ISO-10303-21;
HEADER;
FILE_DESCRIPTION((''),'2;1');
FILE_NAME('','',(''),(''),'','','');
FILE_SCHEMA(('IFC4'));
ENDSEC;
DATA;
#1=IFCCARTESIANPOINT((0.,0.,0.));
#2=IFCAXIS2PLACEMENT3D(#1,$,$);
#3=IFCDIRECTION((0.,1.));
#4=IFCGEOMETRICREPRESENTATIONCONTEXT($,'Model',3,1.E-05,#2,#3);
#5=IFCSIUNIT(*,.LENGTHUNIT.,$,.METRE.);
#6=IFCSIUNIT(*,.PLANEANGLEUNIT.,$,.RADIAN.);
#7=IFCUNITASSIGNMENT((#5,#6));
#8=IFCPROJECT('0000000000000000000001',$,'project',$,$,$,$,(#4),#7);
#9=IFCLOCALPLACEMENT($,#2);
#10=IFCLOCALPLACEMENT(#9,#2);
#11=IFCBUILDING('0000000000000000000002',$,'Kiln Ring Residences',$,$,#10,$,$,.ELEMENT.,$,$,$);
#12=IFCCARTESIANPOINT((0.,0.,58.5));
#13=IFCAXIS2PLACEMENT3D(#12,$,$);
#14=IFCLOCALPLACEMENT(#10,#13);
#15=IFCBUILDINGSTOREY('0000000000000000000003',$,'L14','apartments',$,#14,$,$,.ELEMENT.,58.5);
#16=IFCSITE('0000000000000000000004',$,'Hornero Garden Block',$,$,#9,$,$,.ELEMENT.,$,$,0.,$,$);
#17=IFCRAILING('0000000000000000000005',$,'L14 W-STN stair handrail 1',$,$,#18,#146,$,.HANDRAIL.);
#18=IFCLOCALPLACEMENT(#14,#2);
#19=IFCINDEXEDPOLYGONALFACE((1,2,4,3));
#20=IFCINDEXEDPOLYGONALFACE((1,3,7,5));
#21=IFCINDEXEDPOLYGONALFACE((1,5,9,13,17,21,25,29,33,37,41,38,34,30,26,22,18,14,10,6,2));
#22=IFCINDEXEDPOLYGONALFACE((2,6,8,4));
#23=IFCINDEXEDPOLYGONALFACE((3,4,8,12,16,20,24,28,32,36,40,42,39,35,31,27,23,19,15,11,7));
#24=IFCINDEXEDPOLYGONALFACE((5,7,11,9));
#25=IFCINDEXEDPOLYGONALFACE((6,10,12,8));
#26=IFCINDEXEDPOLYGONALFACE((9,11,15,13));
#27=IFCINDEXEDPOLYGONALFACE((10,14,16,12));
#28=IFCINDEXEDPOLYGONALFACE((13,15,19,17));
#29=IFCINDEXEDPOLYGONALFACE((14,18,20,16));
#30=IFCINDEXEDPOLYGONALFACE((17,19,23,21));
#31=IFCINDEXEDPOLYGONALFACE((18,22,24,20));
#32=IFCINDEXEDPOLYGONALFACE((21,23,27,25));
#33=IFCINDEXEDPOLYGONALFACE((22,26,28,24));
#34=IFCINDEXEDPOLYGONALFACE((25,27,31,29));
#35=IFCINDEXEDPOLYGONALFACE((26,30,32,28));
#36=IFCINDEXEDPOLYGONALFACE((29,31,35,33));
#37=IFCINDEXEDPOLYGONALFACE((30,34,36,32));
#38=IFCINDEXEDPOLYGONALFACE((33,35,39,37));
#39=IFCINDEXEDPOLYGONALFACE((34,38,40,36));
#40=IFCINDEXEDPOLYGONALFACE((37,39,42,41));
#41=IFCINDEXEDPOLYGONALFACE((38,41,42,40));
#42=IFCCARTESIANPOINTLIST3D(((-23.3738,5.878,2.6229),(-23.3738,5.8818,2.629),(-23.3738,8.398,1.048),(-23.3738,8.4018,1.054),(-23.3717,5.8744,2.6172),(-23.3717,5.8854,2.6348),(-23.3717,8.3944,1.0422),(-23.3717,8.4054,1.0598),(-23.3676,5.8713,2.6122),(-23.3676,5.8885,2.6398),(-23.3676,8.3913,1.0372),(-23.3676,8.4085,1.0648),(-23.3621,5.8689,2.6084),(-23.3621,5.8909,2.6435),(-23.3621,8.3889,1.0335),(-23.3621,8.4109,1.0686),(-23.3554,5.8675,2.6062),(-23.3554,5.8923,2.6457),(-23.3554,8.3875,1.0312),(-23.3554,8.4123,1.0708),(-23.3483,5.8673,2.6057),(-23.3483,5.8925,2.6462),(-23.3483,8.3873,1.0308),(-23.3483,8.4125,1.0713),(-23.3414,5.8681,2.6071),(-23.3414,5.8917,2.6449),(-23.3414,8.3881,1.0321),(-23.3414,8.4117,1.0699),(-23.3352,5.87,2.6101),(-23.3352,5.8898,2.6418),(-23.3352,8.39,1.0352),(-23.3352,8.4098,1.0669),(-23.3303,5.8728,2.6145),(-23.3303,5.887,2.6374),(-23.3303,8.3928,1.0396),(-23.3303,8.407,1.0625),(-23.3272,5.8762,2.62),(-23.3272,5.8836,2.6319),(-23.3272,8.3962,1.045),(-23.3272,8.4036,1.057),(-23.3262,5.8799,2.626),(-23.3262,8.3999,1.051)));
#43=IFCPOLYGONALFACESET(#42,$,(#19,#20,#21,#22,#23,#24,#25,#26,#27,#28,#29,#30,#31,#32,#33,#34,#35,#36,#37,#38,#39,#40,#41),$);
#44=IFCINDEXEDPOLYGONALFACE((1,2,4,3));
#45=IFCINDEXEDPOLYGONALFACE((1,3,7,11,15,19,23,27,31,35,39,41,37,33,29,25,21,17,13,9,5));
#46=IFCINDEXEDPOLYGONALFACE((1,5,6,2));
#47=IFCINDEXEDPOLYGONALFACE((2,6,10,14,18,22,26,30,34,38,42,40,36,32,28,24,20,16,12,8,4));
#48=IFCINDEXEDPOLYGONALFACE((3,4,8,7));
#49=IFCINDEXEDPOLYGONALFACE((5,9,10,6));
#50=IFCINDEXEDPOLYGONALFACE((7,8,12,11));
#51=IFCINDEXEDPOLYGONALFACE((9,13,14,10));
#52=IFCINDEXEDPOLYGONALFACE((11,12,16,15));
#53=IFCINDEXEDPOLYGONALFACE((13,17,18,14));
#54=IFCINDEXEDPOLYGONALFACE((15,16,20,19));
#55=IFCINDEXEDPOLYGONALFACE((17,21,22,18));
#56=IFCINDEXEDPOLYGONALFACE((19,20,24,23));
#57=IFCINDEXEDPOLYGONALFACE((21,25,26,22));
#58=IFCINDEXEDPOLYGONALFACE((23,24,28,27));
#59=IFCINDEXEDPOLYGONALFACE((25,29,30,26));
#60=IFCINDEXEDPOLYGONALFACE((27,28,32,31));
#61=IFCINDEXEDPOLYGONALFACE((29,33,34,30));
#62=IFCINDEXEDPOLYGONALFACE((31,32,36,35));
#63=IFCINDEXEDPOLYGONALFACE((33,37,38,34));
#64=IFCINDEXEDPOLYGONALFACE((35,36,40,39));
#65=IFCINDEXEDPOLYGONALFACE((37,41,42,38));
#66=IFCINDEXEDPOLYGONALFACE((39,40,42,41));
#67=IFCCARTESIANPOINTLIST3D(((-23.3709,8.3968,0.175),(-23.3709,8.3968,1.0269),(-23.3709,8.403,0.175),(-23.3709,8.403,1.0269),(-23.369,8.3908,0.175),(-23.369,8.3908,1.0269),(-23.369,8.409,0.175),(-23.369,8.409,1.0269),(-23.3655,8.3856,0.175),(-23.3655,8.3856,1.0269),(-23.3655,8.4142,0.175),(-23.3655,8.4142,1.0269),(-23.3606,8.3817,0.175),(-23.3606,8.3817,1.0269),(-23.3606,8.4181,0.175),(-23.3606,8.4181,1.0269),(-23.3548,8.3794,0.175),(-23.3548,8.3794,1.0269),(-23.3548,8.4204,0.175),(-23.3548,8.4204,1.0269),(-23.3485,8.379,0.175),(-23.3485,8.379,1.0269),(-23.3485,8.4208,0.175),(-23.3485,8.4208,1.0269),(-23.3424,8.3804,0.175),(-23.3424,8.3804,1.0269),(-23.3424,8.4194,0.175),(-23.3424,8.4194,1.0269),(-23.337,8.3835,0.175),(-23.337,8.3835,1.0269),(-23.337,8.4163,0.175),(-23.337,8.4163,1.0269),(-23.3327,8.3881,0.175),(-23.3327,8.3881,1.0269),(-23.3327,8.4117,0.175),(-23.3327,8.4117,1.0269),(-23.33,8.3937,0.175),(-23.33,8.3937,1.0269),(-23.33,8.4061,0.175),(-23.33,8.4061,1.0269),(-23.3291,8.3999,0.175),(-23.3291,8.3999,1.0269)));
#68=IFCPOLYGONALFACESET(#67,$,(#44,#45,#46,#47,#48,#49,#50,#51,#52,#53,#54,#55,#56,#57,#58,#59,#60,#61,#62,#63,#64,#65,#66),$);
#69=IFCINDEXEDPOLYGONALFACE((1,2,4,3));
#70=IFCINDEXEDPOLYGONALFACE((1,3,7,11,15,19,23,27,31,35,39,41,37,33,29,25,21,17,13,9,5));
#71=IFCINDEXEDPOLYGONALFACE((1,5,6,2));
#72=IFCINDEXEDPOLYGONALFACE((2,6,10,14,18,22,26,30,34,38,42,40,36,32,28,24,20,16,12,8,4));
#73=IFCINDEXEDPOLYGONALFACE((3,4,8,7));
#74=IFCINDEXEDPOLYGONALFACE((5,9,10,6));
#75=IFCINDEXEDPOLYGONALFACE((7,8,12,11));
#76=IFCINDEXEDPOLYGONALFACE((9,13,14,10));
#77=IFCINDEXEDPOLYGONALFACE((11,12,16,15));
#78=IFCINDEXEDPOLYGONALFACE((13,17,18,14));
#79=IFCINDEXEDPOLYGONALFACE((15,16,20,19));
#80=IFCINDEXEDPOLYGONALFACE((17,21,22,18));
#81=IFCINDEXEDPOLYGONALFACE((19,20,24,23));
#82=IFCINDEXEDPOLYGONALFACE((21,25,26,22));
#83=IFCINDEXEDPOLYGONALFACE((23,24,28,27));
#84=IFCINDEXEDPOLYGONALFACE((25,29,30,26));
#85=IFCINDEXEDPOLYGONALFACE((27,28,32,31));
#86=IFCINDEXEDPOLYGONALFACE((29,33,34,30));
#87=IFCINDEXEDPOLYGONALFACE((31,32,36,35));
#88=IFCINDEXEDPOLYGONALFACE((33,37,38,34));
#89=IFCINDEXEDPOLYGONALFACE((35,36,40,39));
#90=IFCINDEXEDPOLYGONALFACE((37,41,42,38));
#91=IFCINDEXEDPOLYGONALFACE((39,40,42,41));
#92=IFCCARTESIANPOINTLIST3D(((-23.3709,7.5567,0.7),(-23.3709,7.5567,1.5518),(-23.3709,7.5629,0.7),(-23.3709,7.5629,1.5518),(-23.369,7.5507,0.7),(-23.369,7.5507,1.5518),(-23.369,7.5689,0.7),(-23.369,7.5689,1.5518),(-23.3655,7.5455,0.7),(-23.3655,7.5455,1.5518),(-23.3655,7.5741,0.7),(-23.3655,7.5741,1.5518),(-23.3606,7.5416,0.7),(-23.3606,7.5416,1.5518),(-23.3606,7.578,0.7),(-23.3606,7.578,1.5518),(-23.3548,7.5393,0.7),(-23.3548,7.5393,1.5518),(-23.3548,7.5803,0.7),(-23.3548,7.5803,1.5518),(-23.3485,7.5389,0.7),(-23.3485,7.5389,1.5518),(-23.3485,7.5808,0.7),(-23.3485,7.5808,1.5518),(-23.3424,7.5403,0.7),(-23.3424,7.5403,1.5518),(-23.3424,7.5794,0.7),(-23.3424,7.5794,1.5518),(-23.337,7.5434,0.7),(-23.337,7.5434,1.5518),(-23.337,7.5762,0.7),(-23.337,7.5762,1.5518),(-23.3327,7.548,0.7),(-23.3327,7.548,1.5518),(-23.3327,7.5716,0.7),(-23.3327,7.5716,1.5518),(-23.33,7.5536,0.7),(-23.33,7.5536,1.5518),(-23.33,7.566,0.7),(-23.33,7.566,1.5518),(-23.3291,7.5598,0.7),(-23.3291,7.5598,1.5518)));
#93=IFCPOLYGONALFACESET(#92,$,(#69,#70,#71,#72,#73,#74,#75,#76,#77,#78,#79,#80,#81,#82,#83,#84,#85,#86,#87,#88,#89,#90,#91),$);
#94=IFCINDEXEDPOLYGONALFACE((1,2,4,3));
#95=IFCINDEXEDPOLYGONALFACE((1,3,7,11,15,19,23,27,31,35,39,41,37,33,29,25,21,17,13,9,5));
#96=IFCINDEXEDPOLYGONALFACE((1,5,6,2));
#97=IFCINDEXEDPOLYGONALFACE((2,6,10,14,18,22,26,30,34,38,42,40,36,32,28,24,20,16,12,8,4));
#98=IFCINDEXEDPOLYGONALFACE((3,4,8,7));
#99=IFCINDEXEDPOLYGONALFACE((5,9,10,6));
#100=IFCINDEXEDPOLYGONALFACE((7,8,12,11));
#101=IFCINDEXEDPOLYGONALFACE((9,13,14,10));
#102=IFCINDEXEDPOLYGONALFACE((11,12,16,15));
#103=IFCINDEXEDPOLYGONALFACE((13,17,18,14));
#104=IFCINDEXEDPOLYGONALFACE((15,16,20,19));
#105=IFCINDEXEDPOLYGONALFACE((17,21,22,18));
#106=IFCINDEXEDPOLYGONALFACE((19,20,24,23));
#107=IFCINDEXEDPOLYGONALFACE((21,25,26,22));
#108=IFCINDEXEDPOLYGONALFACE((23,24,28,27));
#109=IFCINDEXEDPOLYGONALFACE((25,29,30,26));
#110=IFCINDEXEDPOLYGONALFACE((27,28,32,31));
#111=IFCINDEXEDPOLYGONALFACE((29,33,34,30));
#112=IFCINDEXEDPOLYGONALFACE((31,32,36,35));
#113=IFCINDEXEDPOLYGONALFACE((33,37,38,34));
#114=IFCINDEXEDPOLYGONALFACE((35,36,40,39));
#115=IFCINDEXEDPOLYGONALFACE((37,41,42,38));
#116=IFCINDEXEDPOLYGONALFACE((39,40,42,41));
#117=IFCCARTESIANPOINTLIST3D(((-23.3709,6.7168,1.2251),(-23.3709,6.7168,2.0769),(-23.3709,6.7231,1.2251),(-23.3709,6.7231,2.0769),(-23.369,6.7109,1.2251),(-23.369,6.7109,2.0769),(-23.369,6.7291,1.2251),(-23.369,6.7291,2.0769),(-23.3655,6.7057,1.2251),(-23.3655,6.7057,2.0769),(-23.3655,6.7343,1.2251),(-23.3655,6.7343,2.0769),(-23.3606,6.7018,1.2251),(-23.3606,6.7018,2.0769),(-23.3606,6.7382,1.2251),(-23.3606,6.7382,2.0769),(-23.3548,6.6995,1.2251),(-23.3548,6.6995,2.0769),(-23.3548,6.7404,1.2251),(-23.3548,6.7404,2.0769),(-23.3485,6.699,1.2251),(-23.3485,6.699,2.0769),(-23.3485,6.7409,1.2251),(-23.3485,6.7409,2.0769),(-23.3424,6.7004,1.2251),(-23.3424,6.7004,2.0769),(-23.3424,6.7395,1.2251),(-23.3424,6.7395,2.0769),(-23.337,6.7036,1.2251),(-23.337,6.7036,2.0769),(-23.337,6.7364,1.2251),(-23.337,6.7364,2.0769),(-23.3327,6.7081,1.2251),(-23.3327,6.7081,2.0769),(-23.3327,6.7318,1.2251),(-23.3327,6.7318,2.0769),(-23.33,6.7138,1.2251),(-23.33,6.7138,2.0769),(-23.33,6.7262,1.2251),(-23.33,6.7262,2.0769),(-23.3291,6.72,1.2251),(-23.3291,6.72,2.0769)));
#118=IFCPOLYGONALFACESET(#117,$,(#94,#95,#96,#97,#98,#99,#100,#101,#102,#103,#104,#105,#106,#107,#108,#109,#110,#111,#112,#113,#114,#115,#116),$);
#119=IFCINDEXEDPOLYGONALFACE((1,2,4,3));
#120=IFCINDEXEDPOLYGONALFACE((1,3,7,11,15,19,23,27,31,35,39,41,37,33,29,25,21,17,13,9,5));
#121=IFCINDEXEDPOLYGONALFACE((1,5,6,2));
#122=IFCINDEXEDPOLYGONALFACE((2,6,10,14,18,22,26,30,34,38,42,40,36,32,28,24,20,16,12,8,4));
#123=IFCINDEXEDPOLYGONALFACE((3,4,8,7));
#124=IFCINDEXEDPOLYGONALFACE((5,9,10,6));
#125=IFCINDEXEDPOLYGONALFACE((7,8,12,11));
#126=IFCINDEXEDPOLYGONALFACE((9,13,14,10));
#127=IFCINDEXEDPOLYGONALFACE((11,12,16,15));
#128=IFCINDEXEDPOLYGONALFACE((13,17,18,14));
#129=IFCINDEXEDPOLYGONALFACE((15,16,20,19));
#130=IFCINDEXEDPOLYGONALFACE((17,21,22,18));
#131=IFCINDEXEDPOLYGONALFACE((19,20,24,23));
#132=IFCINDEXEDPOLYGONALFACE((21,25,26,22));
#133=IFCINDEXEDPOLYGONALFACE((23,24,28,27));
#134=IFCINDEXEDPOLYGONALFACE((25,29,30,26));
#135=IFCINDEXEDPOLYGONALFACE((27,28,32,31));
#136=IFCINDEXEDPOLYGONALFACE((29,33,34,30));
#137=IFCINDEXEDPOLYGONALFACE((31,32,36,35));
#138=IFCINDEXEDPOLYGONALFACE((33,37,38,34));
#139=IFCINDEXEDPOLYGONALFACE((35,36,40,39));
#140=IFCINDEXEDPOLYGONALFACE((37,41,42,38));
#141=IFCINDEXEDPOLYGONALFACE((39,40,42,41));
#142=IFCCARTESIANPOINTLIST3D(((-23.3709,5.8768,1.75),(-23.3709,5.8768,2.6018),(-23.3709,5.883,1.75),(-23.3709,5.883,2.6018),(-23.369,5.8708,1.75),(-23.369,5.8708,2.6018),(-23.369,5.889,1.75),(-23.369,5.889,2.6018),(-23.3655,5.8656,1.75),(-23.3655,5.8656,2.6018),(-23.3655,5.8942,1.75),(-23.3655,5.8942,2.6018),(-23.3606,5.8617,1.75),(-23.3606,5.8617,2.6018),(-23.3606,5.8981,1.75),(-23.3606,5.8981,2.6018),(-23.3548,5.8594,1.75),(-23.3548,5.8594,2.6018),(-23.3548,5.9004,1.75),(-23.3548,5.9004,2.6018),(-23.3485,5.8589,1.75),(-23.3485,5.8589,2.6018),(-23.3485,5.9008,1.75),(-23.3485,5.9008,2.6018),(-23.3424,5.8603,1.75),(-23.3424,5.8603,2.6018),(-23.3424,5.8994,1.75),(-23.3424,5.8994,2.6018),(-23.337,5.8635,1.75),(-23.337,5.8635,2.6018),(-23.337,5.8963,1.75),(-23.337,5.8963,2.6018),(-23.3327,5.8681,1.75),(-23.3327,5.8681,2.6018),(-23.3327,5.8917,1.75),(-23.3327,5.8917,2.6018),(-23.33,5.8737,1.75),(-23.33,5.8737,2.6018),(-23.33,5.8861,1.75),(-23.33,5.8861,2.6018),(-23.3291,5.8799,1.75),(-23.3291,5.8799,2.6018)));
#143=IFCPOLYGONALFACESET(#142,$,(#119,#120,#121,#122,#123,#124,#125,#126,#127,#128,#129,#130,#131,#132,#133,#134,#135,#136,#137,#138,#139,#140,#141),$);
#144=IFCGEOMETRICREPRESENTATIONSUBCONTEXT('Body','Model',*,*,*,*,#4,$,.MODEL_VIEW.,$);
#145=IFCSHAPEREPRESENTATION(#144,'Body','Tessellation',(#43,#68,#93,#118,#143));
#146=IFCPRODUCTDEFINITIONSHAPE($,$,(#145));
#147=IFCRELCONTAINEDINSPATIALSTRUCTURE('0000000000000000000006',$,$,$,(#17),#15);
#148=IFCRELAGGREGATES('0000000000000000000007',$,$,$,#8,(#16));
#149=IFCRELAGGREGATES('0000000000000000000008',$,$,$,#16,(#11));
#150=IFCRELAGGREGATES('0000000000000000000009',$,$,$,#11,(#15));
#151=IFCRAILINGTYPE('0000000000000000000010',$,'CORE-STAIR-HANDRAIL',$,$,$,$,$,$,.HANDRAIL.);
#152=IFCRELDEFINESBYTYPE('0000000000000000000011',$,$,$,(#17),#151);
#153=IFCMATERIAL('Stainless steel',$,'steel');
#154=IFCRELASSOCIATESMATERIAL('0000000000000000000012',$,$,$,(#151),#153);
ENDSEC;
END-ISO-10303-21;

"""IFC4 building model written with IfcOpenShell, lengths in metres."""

from ifc_helpers import new_model, si_unit, direction, frame, origin, origin_2d, place, context, subcontext, project, spatial, circle, extrude, material, type_object, element, save


model = new_model("IFC4")

# Units and contexts
model_context = context("Model", 3, precision=1e-05, world=origin(), true_north=direction((0.0, 1.0)))
body_context = subcontext(model_context, "Body", "Model", "MODEL_VIEW")
ifc_project = project(units=[si_unit("LENGTHUNIT", "METRE"), si_unit("PLANEANGLEUNIT", "RADIAN")], contexts=[model_context])

# Site, building, storey
site_placement = place(None, origin())
site = spatial("IfcSite", under=ifc_project, at=site_placement, Name="Hornero Garden Block", CompositionType="ELEMENT", RefElevation=0.0)
building_placement = place(site_placement, origin())
building = spatial("IfcBuilding", under=site, at=building_placement, Name="Kiln Ring Residences", CompositionType="ELEMENT")
storey_placement = place(building_placement, frame((0.0, 0.0, 58.5)))
storey = spatial("IfcBuildingStorey", under=building, at=storey_placement, Name="L14", Description="apartments", CompositionType="ELEMENT", Elevation=58.5)

# Railing
ifc_material_1 = material(Name="Stainless steel", Category="steel")
railing_type_1 = type_object("IfcRailingType", Name="CORE-STAIR-HANDRAIL", PredefinedType="HANDRAIL", material=ifc_material_1)
railing_1_placement = place(storey_placement, frame((-23.3501, 8.3999, 0.175)))
element("IfcRailing", 1, at=railing_1_placement, inside=storey, type_object=railing_type_1, Name="L14 W-STN stair handrail 1", PredefinedType="HANDRAIL", context=body_context, shape_type="SweptSolid", body=[
    extrude(circle(Radius=0.0239, at=origin_2d()), frame((0.0, 0.0, 0.876), z_axis=(0.0, -0.848008, 0.529984), x_axis=(1.0, 0.0, 0.0)), (0.0, 0.0, 1.0), 2.9717),
    extrude(circle(Radius=0.021, at=origin_2d()), origin(), (0.0, 0.0, 1.0), 0.8518),
    extrude(circle(Radius=0.021, at=origin_2d()), frame((0.0, -0.8401, 0.5249)), (0.0, 0.0, 1.0), 0.8518),
    extrude(circle(Radius=0.021, at=origin_2d()), frame((0.0, -1.6799, 1.05)), (0.0, 0.0, 1.0), 0.8518),
    extrude(circle(Radius=0.021, at=origin_2d()), frame((0.0, -2.52, 1.575)), (0.0, 0.0, 1.0), 0.8518),
])

save(model, "model.ifc")
